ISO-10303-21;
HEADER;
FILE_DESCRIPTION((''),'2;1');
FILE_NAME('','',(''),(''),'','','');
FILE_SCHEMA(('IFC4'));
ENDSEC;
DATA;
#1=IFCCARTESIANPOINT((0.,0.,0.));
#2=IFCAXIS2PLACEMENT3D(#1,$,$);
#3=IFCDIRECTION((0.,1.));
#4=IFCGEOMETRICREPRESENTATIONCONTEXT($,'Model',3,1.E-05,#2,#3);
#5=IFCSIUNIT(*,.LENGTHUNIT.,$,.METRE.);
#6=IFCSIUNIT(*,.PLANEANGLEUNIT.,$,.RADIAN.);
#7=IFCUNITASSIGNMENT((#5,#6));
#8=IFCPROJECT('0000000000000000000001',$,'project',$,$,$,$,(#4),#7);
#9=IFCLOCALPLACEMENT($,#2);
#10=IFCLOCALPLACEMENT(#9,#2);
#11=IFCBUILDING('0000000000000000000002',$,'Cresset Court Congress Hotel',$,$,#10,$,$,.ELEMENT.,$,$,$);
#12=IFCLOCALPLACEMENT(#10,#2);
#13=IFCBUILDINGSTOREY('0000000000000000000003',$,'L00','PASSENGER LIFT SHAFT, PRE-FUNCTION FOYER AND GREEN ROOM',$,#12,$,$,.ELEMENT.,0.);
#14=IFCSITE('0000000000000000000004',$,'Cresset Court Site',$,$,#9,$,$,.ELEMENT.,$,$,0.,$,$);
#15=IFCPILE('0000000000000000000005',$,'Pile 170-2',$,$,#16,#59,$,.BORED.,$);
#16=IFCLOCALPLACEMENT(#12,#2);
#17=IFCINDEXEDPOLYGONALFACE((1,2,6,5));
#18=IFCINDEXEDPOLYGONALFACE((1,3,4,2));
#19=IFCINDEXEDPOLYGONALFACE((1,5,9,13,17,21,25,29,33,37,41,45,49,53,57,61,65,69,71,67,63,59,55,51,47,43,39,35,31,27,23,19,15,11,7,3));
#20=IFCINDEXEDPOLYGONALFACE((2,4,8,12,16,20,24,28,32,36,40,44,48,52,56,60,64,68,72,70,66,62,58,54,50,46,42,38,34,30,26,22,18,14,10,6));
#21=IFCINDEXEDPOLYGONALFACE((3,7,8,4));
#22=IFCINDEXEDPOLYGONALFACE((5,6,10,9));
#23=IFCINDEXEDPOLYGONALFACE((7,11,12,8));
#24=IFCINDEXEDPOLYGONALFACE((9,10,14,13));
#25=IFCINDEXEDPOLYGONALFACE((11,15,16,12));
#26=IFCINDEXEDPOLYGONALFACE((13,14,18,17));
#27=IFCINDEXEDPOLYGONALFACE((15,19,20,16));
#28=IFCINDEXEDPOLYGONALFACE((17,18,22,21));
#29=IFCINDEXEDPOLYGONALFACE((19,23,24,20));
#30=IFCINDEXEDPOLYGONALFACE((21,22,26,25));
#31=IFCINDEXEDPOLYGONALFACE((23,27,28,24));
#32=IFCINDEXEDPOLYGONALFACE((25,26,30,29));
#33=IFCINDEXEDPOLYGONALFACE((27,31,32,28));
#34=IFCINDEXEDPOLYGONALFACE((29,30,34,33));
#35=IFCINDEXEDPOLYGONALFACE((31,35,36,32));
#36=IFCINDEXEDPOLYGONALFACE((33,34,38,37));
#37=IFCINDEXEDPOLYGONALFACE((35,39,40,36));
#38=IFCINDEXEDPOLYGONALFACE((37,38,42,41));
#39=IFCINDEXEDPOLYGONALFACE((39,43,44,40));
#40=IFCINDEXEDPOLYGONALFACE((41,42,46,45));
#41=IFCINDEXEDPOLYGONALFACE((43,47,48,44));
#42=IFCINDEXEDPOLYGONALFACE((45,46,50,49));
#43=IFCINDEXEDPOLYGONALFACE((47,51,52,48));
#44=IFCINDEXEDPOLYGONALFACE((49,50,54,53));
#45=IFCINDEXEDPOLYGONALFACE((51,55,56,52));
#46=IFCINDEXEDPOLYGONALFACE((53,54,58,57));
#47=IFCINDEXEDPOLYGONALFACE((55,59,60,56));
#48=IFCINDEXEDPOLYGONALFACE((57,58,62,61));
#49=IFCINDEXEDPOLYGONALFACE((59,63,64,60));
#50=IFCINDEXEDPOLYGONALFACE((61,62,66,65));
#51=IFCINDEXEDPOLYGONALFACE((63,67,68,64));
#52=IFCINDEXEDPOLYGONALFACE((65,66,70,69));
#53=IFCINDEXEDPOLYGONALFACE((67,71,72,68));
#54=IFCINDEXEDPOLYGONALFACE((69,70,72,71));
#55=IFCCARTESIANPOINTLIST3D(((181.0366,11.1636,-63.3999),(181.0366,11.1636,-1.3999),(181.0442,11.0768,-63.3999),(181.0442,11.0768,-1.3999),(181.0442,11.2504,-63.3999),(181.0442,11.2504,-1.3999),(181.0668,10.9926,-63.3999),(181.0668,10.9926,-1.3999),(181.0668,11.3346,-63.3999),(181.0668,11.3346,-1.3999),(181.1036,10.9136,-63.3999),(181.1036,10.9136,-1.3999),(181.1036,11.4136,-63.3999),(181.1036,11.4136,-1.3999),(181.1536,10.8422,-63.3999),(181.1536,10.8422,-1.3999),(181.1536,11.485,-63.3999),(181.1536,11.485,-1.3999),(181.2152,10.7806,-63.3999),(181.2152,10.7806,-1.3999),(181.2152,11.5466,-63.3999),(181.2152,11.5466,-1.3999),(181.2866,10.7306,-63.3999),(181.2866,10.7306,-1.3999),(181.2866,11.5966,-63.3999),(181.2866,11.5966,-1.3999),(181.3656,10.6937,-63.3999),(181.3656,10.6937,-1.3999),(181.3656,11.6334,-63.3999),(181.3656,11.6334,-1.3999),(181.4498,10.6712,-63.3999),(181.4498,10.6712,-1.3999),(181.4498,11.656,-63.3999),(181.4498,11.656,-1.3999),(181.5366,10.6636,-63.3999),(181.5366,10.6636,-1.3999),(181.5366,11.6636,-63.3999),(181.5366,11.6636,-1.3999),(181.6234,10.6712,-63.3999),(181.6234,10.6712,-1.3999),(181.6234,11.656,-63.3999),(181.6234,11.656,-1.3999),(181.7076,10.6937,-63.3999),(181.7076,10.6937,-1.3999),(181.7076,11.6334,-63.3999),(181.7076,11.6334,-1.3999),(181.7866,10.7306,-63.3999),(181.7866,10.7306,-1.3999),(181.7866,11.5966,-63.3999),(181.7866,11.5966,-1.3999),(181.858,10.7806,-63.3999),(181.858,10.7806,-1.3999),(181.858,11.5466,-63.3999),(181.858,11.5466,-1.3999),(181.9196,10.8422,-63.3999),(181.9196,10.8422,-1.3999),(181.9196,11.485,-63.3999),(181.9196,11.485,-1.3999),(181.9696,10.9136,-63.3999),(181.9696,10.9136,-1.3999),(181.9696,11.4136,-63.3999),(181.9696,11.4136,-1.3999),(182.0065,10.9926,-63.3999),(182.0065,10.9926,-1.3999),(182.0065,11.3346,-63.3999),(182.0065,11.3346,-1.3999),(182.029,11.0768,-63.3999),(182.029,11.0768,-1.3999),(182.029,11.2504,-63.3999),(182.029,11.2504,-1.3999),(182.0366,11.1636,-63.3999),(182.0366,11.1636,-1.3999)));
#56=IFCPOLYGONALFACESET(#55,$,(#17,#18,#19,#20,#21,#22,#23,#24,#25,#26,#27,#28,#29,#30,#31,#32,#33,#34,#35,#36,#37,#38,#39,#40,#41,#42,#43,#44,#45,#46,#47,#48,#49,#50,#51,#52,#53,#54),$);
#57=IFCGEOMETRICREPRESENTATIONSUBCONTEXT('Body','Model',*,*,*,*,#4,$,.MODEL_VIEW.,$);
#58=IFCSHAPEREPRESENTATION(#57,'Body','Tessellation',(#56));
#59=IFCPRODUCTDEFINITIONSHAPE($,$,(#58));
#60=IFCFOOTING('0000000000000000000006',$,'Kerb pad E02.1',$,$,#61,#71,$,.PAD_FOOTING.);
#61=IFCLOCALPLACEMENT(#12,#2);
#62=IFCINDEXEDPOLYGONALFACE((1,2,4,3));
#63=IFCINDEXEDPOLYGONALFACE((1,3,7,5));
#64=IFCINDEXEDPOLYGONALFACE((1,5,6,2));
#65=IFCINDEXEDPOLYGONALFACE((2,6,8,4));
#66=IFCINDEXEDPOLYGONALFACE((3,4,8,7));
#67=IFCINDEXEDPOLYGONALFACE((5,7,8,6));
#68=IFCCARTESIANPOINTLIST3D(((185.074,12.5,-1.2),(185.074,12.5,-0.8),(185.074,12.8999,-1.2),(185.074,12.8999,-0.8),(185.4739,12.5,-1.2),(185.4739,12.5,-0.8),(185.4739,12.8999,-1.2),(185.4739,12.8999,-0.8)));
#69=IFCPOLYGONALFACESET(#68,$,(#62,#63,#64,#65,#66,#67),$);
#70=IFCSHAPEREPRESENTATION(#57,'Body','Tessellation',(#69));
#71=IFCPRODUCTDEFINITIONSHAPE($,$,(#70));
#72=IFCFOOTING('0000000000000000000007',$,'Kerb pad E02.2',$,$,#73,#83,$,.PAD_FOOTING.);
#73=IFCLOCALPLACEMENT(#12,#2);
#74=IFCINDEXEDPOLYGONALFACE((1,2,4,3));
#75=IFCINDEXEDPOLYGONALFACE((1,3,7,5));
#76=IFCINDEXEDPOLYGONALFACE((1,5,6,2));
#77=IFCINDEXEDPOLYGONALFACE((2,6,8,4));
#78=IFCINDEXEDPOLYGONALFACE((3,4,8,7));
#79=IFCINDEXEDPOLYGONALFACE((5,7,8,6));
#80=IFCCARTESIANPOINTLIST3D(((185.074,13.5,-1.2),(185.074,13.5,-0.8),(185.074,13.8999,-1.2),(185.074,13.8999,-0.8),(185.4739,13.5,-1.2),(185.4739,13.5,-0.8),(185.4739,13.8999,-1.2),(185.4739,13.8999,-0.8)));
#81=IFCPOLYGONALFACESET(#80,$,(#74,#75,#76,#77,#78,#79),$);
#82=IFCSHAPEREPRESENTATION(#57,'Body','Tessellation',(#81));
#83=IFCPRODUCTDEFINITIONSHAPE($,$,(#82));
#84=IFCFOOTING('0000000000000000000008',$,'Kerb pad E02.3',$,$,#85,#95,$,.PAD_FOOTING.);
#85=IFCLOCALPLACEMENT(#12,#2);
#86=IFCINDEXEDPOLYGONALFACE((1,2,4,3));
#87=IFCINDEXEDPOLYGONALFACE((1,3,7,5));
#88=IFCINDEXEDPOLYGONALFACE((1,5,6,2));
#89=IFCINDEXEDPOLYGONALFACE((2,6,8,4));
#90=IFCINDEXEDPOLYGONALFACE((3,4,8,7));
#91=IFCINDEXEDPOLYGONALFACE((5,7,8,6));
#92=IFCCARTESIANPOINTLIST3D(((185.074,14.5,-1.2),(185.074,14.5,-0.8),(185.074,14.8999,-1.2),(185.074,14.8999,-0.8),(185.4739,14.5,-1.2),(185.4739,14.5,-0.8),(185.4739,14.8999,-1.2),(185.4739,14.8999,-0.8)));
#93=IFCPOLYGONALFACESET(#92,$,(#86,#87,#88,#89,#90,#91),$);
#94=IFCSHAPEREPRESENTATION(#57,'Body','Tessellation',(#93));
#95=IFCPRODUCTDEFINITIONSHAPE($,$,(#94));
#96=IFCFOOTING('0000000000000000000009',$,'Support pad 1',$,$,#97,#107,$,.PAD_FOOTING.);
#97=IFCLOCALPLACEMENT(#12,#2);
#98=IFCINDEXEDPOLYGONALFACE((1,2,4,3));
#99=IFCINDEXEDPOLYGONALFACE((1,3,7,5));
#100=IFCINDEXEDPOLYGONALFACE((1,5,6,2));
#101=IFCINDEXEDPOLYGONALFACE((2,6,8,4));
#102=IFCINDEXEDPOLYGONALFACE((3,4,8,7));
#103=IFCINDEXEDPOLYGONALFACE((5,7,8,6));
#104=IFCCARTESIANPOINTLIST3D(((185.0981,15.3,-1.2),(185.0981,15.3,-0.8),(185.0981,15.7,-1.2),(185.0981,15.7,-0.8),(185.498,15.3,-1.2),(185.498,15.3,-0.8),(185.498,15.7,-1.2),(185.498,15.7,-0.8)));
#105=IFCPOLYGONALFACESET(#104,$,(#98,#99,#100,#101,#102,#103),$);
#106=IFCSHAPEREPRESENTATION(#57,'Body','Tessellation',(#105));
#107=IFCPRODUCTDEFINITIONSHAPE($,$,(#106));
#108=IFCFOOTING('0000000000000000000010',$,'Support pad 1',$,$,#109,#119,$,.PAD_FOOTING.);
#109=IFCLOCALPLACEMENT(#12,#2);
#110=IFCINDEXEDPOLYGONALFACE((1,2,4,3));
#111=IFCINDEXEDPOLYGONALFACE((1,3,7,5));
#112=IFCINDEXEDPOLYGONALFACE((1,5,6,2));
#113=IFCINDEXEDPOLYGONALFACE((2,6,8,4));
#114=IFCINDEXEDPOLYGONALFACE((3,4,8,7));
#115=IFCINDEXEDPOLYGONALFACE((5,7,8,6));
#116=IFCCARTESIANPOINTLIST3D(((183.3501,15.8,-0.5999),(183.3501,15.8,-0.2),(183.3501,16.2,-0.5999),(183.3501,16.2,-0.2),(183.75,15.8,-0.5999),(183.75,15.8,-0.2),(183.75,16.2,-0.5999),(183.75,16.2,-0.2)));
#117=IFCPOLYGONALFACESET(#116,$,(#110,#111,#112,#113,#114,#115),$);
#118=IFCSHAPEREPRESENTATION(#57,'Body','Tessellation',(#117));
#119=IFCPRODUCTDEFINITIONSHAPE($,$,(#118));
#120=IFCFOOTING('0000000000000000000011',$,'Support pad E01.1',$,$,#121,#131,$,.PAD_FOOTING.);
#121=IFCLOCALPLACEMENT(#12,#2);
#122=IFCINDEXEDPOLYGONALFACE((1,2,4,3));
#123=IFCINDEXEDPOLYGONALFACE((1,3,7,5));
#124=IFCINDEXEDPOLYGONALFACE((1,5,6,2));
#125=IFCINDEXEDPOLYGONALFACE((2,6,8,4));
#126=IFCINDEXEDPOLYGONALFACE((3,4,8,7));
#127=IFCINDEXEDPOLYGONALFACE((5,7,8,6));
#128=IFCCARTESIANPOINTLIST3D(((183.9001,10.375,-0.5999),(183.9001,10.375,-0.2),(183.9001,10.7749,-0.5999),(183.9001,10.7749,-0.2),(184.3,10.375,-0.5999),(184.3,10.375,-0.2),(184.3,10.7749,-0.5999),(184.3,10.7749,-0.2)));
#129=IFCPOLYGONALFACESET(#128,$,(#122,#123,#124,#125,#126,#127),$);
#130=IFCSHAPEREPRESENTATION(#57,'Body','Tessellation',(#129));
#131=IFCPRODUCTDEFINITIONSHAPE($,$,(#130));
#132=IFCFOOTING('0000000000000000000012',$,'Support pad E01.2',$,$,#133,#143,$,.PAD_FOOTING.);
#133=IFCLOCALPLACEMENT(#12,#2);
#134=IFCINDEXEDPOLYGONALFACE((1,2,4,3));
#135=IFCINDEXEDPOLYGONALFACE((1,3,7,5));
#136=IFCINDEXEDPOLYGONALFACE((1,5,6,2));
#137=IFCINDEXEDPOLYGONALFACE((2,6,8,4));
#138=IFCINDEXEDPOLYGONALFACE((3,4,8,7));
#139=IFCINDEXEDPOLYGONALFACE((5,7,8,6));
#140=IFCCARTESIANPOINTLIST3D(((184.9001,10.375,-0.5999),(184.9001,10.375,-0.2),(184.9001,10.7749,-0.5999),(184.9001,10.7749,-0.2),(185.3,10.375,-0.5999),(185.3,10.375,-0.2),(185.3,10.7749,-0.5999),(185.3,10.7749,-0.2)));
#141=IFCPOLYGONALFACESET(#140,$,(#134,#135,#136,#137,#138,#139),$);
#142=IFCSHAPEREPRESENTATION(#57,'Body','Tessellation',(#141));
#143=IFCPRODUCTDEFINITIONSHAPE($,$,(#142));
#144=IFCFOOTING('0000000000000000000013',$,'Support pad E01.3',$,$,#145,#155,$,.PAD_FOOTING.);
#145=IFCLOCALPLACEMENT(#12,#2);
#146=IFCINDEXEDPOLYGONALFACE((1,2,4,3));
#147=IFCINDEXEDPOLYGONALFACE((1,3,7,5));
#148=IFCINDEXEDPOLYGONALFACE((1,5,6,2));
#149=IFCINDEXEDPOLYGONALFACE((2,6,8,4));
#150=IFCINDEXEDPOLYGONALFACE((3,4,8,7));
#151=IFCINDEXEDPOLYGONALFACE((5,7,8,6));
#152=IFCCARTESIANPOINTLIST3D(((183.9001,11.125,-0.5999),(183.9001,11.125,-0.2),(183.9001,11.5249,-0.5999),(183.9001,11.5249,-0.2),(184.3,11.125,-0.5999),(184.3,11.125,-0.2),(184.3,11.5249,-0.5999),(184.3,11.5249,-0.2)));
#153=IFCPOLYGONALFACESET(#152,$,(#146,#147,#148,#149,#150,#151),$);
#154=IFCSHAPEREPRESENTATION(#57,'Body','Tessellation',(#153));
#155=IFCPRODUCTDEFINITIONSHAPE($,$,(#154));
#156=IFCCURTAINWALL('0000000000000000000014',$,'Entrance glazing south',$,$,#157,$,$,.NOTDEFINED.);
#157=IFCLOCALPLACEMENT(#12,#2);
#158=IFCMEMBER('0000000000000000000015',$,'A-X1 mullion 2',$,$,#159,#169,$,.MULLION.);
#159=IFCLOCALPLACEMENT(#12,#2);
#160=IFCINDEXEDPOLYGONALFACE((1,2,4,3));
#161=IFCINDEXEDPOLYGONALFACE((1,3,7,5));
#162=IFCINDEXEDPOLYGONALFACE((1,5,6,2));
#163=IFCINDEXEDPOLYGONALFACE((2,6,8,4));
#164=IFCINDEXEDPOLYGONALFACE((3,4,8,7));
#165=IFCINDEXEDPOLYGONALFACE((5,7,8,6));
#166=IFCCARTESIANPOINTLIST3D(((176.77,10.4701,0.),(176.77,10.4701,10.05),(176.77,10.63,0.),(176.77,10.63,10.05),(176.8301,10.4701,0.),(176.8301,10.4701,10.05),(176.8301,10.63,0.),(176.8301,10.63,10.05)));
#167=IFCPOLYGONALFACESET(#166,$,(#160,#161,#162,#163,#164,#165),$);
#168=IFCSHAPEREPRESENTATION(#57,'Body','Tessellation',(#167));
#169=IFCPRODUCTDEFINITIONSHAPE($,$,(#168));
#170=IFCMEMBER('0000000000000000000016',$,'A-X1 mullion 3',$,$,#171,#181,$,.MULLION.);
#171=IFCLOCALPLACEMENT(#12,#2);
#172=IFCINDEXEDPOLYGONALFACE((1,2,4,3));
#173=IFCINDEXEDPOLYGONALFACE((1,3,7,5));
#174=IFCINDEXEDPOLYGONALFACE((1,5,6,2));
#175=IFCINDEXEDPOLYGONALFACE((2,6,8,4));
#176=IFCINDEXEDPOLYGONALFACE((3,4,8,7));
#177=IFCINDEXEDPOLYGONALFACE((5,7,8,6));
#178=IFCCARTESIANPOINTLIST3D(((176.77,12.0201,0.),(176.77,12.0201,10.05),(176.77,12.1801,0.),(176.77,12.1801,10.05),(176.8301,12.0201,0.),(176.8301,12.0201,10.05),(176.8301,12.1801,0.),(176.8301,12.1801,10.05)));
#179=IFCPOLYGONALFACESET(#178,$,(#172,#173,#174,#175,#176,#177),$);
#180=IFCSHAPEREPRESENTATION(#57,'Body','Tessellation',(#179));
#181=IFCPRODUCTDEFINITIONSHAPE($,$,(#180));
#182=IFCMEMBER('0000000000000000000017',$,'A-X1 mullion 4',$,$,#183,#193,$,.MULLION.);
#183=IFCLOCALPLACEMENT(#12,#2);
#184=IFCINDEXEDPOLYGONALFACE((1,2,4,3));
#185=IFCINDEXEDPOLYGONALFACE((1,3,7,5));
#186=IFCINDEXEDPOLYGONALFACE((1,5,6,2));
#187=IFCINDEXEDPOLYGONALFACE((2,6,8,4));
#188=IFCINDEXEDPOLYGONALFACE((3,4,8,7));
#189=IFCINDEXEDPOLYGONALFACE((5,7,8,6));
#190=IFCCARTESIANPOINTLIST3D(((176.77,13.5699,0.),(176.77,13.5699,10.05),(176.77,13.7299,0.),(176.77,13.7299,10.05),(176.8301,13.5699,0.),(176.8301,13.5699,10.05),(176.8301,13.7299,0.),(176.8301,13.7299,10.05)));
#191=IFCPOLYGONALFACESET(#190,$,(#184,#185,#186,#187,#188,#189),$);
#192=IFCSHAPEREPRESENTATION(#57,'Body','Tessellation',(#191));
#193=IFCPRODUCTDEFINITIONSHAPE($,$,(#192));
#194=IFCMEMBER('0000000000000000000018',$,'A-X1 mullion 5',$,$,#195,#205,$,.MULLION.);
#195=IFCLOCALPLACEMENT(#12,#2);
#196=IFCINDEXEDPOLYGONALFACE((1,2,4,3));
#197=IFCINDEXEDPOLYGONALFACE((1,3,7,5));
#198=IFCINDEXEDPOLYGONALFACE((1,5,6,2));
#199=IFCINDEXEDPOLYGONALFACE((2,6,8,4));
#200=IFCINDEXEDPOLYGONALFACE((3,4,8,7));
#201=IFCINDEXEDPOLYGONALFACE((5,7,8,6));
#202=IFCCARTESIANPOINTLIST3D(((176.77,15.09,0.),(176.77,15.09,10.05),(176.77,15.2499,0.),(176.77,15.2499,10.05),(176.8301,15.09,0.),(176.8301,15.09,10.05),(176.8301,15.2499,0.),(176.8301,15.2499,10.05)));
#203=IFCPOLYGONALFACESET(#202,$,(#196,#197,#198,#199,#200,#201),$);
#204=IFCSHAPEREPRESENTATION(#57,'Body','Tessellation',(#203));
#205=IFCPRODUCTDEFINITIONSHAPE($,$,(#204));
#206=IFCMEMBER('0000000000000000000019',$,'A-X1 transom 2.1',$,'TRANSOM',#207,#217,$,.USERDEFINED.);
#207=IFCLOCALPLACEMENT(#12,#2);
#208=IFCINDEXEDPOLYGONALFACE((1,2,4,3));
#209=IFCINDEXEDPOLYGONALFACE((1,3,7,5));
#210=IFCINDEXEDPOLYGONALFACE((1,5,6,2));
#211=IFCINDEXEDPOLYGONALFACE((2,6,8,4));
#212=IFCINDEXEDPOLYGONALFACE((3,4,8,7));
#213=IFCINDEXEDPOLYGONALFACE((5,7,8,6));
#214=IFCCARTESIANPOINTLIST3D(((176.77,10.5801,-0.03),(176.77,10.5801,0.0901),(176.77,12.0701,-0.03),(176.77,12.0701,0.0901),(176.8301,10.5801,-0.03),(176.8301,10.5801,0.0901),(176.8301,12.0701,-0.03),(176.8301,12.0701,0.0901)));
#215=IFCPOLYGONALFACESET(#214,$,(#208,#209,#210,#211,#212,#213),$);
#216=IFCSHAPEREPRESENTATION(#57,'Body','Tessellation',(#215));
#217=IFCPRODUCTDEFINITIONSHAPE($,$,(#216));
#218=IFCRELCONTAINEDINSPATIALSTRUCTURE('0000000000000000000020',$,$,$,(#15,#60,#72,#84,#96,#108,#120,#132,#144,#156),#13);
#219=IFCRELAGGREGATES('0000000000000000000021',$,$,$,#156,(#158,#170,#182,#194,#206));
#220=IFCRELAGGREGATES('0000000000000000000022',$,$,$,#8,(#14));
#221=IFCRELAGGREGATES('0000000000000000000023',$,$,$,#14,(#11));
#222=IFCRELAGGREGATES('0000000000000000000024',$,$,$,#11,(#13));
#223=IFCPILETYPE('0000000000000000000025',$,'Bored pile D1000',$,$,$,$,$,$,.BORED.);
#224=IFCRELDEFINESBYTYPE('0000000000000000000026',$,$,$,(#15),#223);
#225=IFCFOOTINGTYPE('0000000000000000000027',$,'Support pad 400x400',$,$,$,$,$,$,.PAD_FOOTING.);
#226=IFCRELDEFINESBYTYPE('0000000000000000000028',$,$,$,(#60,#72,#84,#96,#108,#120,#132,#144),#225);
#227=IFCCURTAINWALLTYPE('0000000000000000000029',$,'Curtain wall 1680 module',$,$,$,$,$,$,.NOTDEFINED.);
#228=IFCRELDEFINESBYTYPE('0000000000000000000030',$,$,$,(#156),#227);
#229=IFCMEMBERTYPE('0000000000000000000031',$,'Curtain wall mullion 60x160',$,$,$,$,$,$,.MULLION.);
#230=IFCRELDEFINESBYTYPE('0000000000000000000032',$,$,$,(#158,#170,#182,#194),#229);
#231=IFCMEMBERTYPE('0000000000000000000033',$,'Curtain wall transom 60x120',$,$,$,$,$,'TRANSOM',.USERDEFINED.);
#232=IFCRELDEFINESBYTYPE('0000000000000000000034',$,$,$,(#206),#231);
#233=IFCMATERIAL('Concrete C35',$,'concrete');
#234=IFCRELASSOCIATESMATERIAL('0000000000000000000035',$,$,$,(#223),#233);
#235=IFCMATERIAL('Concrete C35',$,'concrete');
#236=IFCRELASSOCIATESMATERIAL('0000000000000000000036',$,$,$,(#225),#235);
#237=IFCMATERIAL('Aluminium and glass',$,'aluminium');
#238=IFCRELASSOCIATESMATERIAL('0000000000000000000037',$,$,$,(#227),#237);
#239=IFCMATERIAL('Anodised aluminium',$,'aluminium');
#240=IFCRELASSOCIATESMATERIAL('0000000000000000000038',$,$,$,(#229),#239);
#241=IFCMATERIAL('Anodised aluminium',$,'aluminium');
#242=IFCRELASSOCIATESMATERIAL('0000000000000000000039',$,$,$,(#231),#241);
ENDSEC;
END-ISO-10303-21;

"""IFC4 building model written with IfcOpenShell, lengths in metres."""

from ifc_helpers import new_model, si_unit, direction, frame, origin, origin_2d, place, context, subcontext, project, spatial, rectangle, circle, extrude, material, material_profile, profile_set, type_object, element, aggregate, save


model = new_model("IFC4")

# Units and contexts
model_context = context("Model", 3, precision=1e-05, world=origin(), true_north=direction((0.0, 1.0)))
body_context = subcontext(model_context, "Body", "Model", "MODEL_VIEW")
ifc_project = project(units=[si_unit("LENGTHUNIT", "METRE"), si_unit("PLANEANGLEUNIT", "RADIAN")], contexts=[model_context])

# Site, building, storey
site_placement = place(None, origin())
site = spatial("IfcSite", under=ifc_project, at=site_placement, Name="Cresset Court Site", CompositionType="ELEMENT", RefElevation=0.0)
building_placement = place(site_placement, origin())
building = spatial("IfcBuilding", under=site, at=building_placement, Name="Cresset Court Congress Hotel", CompositionType="ELEMENT")
storey_placement = place(building_placement, origin())
storey = spatial("IfcBuildingStorey", under=building, at=storey_placement, Name="L00", Description="PASSENGER LIFT SHAFT, PRE-FUNCTION FOYER AND GREEN ROOM", CompositionType="ELEMENT", Elevation=0.0)

# Pile
ifc_material_1 = material(Name="Concrete C35", Category="concrete")
pile_type = type_object("IfcPileType", Name="Bored pile D1000", PredefinedType="BORED", material=ifc_material_1)
pile_placement = place(storey_placement, frame((181.5366, 11.1636, -1.3999), z_axis=(0.0, 0.0, -1.0), x_axis=(1.0, 0.0, 0.0)))
element("IfcPile", 1, at=pile_placement, inside=storey, type_object=pile_type, Name="Pile 170-2", PredefinedType="BORED", context=body_context, shape_type="SweptSolid", body=[
    extrude(circle(Radius=0.5, at=origin_2d()), origin(), (0.0, 0.0, 1.0), 62.0),
])

# Footings
ifc_material_2 = material(Name="Concrete C35", Category="concrete")
footing_type = type_object("IfcFootingType", Name="Support pad 400x400", PredefinedType="PAD_FOOTING", material=ifc_material_2)
for number, where, z_axis, x_axis, name in (
    (2, (185.2739, 12.7, -1.2), (0.0, 0.0, 1.0), (1.0, 0.0, 0.0), "Kerb pad E02.1"),
    (3, (185.2739, 13.7, -1.2), (0.0, 0.0, 1.0), (1.0, 0.0, 0.0), "Kerb pad E02.2"),
    (4, (185.2739, 14.7, -1.2), (0.0, 0.0, 1.0), (1.0, 0.0, 0.0), "Kerb pad E02.3"),
    (5, (185.2981, 15.5, -1.2), (0.0, 0.0, 1.0), (1.0, 0.0, 0.0), "Support pad 1"),
    (6, (183.55, 16.0, -0.5999), (0.0, 0.0, 1.0), (1.0, 0.0, 0.0), "Support pad 1"),
    (7, (184.1001, 10.575, -0.5999), (0.0, 0.0, 1.0), (1.0, 0.0, 0.0), "Support pad E01.1"),
    (8, (185.1001, 10.575, -0.5999), (0.0, 0.0, 1.0), (1.0, 0.0, 0.0), "Support pad E01.2"),
    (9, (184.1001, 11.325, -0.5999), (0.0, 0.0, 1.0), (1.0, 0.0, 0.0), "Support pad E01.3"),
):
    element("IfcFooting", number, at=place(storey_placement, frame(where, z_axis=z_axis, x_axis=x_axis)), inside=storey, type_object=footing_type, Name=name, PredefinedType="PAD_FOOTING", context=body_context, shape_type="SweptSolid", body=[
        extrude(rectangle(XDim=0.3999, YDim=0.3999, at=origin_2d()), origin(), (0.0, 0.0, 1.0), 0.3999),
    ])

# Curtain wall, members
ifc_material_3 = material(Name="Aluminium and glass", Category="aluminium")
curtain_wall_type = type_object("IfcCurtainWallType", Name="Curtain wall 1680 module", PredefinedType="NOTDEFINED", material=ifc_material_3)
curtain_wall_placement = place(storey_placement, origin())
curtain_wall = element("IfcCurtainWall", 10, at=curtain_wall_placement, inside=storey, type_object=curtain_wall_type, Name="Entrance glazing south", PredefinedType="NOTDEFINED")
ifc_material_4 = material(Name="Anodised aluminium", Category="aluminium")
ifc_material_profile_1 = material_profile(ifc_material_4, rectangle(XDim=0.0601, YDim=0.1599, at=origin_2d()), Name="AL60x160")
ifc_profile_set_1 = profile_set([ifc_material_profile_1], Name="Anodised aluminium")
member_type_1 = type_object("IfcMemberType", Name="Curtain wall mullion 60x160", PredefinedType="MULLION", material=ifc_profile_set_1)
member_1_placement = place(storey_placement, frame((176.8, 10.55, 0.0), z_axis=(0.0, 0.0, 1.0), x_axis=(-1.0, 0.0, 0.0)))
member_1 = element("IfcMember", 11, at=member_1_placement, type_object=member_type_1, Name="A-X1 mullion 2", PredefinedType="MULLION", context=body_context, shape_type="SweptSolid", body=[
    extrude(rectangle(XDim=0.0601, YDim=0.1599, at=origin_2d()), origin(), (0.0, 0.0, 1.0), 10.05),
])
member_2_placement = place(storey_placement, frame((176.8, 12.1001, 0.0), z_axis=(0.0, 0.0, 1.0), x_axis=(-1.0, 0.0, 0.0)))
member_2 = element("IfcMember", 12, at=member_2_placement, type_object=member_type_1, Name="A-X1 mullion 3", PredefinedType="MULLION", context=body_context, shape_type="SweptSolid", body=[
    extrude(rectangle(XDim=0.0601, YDim=0.1599, at=origin_2d()), origin(), (0.0, 0.0, 1.0), 10.05),
])
member_3_placement = place(storey_placement, frame((176.8, 13.6499, 0.0), z_axis=(0.0, 0.0, 1.0), x_axis=(-1.0, 0.0, 0.0)))
member_3 = element("IfcMember", 13, at=member_3_placement, type_object=member_type_1, Name="A-X1 mullion 4", PredefinedType="MULLION", context=body_context, shape_type="SweptSolid", body=[
    extrude(rectangle(XDim=0.0601, YDim=0.1599, at=origin_2d()), origin(), (0.0, 0.0, 1.0), 10.05),
])
member_4_placement = place(storey_placement, frame((176.8, 15.1699, 0.0), z_axis=(0.0, 0.0, 1.0), x_axis=(-1.0, 0.0, 0.0)))
member_4 = element("IfcMember", 14, at=member_4_placement, type_object=member_type_1, Name="A-X1 mullion 5", PredefinedType="MULLION", context=body_context, shape_type="SweptSolid", body=[
    extrude(rectangle(XDim=0.0601, YDim=0.1599, at=origin_2d()), origin(), (0.0, 0.0, 1.0), 10.05),
])
ifc_material_5 = material(Name="Anodised aluminium", Category="aluminium")
ifc_material_profile_2 = material_profile(ifc_material_5, rectangle(XDim=0.0601, YDim=0.1201, at=origin_2d()), Name="AL60x120")
ifc_profile_set_2 = profile_set([ifc_material_profile_2], Name="Anodised aluminium")
member_type_2 = type_object("IfcMemberType", Name="Curtain wall transom 60x120", ElementType="TRANSOM", PredefinedType="USERDEFINED", material=ifc_profile_set_2)
member_5_placement = place(storey_placement, frame((176.8, 10.5801, 0.03), z_axis=(0.0, 1.0, 0.0), x_axis=(-1.0, 0.0, 0.0)))
member_5 = element("IfcMember", 15, at=member_5_placement, type_object=member_type_2, Name="A-X1 transom 2.1", ObjectType="TRANSOM", PredefinedType="USERDEFINED", context=body_context, shape_type="SweptSolid", body=[
    extrude(rectangle(XDim=0.0601, YDim=0.1201, at=origin_2d()), origin(), (0.0, 0.0, 1.0), 1.49),
])
aggregate(curtain_wall, [member_1, member_2, member_3, member_4, member_5])

save(model, "model.ifc")
